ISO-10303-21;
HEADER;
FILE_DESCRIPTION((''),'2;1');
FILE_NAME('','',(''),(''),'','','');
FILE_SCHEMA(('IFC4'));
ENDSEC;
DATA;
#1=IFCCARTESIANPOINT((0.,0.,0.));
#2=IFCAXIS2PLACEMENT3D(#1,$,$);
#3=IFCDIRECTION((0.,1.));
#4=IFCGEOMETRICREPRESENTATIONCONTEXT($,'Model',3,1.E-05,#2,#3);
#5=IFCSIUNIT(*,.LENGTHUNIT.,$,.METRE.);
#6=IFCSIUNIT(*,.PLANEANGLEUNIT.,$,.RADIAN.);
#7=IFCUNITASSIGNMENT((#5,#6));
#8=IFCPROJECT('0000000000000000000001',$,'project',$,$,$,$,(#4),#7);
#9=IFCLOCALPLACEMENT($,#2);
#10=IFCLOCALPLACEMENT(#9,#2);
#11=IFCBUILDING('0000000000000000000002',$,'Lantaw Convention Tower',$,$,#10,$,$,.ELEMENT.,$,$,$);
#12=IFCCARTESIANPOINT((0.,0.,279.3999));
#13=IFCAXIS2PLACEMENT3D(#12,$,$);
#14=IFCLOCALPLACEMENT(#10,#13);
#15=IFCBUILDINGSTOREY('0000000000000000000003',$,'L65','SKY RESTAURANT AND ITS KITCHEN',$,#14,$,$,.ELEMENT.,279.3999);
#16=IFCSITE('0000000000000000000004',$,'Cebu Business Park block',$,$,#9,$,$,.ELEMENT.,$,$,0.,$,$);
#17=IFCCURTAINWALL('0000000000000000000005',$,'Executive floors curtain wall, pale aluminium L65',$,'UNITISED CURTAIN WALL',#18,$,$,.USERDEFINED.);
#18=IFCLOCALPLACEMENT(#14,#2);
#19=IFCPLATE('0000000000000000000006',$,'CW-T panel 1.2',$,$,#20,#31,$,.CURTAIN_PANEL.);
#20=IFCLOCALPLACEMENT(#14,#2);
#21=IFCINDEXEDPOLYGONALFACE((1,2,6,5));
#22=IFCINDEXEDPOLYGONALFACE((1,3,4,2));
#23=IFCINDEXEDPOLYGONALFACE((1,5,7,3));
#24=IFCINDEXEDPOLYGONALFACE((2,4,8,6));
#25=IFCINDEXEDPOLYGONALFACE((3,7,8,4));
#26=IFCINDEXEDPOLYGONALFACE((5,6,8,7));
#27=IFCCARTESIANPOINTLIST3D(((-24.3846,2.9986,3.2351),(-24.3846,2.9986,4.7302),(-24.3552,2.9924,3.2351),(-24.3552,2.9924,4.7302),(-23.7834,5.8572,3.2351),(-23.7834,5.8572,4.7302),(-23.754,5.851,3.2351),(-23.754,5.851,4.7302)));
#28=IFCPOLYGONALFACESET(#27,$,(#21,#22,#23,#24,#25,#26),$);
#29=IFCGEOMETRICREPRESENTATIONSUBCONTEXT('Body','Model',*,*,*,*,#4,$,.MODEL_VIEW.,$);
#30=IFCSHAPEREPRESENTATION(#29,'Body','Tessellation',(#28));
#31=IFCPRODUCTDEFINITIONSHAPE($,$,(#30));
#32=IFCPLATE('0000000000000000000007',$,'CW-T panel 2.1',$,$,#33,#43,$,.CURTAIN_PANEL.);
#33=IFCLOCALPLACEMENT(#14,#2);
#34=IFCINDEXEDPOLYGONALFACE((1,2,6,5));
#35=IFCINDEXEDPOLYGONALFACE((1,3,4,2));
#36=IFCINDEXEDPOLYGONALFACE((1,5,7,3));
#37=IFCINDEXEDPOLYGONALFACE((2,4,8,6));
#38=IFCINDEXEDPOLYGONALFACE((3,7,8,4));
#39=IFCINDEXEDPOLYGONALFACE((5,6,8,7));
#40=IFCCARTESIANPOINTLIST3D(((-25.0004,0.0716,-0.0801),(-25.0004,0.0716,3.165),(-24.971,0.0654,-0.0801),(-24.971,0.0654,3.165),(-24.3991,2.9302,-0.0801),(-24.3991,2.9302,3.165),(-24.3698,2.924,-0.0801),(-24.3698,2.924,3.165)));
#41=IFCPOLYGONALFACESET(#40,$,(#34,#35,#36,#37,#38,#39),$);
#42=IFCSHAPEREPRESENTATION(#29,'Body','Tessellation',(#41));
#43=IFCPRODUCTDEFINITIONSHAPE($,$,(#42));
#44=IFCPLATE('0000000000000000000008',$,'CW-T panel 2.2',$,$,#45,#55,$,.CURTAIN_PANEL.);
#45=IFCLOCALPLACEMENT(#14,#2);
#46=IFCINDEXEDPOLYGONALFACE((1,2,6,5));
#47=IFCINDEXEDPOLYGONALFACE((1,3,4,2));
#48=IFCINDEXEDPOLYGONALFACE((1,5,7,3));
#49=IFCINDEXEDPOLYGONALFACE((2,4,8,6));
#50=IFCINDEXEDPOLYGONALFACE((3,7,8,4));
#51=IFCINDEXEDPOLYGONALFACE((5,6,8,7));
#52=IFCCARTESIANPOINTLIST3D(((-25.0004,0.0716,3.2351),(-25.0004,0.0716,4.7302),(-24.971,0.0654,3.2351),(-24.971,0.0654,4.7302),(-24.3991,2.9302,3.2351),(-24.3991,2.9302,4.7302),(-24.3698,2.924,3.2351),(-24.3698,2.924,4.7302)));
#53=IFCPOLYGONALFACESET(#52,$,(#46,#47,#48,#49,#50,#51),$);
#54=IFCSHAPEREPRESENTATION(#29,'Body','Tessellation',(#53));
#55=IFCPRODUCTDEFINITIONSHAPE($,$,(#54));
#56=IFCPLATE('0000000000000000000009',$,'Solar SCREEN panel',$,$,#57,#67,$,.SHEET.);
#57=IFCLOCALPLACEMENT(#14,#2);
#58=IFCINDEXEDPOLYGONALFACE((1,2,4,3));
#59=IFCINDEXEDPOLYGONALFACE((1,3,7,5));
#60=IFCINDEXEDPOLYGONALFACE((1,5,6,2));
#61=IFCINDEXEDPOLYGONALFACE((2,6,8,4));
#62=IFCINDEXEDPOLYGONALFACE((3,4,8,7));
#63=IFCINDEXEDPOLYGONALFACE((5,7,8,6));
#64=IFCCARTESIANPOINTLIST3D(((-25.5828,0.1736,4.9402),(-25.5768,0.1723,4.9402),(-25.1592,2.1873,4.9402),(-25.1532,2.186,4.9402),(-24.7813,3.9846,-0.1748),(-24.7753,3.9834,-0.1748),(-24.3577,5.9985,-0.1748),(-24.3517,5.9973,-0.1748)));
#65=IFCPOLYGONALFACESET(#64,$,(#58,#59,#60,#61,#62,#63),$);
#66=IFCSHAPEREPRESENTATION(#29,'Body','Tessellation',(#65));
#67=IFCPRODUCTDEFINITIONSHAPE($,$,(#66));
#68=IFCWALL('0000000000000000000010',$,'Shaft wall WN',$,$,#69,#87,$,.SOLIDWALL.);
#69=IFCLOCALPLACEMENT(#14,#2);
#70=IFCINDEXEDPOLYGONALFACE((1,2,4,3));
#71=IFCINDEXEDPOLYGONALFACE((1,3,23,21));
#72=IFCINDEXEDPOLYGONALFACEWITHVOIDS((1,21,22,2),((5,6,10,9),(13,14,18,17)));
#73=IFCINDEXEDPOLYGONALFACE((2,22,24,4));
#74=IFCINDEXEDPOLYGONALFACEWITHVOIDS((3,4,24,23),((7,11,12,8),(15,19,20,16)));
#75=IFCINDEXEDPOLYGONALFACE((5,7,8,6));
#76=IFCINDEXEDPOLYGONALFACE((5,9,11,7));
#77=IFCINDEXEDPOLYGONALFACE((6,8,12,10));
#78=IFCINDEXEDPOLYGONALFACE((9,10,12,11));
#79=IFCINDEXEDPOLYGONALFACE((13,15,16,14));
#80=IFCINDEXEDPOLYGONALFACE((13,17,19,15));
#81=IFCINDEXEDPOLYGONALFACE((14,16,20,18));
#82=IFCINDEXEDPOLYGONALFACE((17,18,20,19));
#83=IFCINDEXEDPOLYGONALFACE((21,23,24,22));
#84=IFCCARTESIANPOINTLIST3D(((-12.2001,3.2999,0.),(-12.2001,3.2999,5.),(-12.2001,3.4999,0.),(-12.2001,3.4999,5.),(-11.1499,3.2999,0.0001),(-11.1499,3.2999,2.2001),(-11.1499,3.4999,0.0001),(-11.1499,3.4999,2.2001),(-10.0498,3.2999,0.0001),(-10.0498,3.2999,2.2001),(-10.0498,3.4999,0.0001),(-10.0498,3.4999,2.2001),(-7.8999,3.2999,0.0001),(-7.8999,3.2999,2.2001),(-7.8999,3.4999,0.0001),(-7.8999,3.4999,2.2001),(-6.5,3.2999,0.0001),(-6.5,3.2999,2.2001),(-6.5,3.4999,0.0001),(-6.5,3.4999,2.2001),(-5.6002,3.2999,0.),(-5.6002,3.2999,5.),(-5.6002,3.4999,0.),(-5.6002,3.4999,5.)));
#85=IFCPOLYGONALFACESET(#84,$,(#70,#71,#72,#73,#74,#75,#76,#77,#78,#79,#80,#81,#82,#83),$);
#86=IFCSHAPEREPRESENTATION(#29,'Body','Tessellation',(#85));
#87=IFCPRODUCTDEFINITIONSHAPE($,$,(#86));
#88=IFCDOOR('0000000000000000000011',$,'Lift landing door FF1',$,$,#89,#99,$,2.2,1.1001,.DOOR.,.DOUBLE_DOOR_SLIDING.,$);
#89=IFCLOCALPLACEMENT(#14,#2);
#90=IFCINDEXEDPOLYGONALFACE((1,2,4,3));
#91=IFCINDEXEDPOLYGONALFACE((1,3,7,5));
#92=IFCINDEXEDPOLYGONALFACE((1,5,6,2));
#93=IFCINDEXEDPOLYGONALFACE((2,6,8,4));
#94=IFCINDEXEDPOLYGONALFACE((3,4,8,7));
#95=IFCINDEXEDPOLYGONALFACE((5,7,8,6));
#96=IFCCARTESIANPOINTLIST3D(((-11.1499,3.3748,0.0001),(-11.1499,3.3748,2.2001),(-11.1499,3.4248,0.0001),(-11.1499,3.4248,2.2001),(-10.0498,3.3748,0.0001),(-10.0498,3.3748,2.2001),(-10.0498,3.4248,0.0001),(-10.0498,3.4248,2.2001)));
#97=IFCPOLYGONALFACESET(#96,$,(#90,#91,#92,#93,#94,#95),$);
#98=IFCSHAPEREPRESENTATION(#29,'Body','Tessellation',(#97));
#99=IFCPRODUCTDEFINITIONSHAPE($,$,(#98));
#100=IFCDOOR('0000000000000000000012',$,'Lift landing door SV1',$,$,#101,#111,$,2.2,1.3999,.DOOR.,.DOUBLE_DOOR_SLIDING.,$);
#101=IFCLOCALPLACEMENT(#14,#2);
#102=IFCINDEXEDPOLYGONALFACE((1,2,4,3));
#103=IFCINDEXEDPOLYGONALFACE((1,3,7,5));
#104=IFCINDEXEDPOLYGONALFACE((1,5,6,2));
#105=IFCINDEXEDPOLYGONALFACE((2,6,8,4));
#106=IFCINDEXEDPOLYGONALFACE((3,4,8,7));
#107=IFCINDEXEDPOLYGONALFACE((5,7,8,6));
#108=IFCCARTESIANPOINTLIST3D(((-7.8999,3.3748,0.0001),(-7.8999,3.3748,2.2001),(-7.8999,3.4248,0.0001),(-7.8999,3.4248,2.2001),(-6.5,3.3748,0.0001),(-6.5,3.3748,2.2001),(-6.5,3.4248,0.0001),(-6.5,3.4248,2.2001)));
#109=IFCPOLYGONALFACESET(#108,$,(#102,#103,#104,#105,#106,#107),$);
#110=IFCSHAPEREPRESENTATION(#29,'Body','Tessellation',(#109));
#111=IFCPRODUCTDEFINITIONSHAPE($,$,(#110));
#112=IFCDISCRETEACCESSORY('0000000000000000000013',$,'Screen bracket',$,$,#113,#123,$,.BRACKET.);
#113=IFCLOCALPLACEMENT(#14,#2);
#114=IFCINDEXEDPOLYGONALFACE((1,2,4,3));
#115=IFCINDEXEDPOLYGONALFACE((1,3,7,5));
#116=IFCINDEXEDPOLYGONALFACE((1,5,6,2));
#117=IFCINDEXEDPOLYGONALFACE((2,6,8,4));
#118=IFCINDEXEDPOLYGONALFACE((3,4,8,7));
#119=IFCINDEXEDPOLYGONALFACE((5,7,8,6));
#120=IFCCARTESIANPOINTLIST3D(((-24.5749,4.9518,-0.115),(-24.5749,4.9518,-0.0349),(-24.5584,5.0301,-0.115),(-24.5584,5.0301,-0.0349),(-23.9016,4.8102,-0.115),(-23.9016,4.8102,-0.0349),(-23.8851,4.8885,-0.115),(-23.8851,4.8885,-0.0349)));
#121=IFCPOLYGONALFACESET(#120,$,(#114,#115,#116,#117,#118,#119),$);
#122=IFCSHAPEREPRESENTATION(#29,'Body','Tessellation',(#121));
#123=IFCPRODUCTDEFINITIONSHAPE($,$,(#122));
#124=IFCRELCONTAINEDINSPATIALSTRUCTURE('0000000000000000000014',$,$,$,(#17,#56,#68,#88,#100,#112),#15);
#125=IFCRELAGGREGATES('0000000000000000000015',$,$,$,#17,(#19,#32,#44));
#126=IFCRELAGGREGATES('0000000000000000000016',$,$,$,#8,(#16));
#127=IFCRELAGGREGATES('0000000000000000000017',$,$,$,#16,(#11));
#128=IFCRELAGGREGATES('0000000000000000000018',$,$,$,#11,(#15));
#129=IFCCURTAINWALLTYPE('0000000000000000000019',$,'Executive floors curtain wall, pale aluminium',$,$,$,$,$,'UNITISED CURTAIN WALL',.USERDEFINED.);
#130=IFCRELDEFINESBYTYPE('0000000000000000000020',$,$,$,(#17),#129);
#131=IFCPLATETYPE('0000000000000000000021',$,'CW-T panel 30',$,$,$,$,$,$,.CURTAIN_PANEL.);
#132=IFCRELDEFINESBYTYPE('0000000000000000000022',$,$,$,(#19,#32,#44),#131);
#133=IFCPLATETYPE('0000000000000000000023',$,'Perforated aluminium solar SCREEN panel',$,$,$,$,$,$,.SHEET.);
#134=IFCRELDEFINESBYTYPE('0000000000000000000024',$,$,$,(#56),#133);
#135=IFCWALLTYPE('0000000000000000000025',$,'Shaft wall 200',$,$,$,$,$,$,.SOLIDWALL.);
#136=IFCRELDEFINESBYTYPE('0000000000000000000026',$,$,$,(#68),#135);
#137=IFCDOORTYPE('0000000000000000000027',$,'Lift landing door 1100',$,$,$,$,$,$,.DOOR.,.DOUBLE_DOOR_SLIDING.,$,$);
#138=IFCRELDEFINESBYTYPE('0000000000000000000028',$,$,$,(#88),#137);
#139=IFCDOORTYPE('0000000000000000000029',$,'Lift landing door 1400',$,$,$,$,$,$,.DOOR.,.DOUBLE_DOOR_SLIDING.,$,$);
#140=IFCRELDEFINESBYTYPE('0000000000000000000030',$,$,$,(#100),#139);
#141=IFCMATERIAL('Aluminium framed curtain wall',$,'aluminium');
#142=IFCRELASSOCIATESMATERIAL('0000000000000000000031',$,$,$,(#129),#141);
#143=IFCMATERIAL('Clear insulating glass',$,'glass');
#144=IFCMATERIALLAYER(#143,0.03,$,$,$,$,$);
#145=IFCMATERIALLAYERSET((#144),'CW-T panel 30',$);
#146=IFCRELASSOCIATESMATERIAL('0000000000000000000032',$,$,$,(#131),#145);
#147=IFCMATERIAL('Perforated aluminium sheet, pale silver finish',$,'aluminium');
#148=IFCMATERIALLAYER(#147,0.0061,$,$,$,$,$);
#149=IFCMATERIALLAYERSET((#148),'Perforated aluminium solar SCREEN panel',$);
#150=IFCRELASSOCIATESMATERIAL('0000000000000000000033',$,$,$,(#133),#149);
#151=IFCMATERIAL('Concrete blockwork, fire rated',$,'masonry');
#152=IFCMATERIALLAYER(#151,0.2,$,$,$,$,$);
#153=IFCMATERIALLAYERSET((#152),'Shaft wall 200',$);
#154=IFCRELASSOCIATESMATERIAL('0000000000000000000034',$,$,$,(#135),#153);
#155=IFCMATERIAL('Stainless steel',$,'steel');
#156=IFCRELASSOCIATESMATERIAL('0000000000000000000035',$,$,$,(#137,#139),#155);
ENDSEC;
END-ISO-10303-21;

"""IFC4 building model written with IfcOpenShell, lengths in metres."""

from ifc_helpers import new_model, si_unit, direction, frame, frame_2d, origin, origin_2d, place, context, subcontext, project, spatial, polyline, rectangle, outline, extrude, material, layer, layer_set, type_object, element, fill, aggregate, save


model = new_model("IFC4")

# Units and contexts
model_context = context("Model", 3, precision=1e-05, world=origin(), true_north=direction((0.0, 1.0)))
body_context = subcontext(model_context, "Body", "Model", "MODEL_VIEW")
ifc_project = project(units=[si_unit("LENGTHUNIT", "METRE"), si_unit("PLANEANGLEUNIT", "RADIAN")], contexts=[model_context])

# Site, building, storey
site_placement = place(None, origin())
site = spatial("IfcSite", under=ifc_project, at=site_placement, Name="Cebu Business Park block", CompositionType="ELEMENT", RefElevation=0.0)
building_placement = place(site_placement, origin())
building = spatial("IfcBuilding", under=site, at=building_placement, Name="Lantaw Convention Tower", CompositionType="ELEMENT")
storey_placement = place(building_placement, frame((0.0, 0.0, 279.3999)))
storey = spatial("IfcBuildingStorey", under=building, at=storey_placement, Name="L65", Description="SKY RESTAURANT AND ITS KITCHEN", CompositionType="ELEMENT", Elevation=279.3999)

# Curtain wall
ifc_material_1 = material(Name="Aluminium framed curtain wall", Category="aluminium")
curtain_wall_type = type_object("IfcCurtainWallType", Name="Executive floors curtain wall, pale aluminium", ElementType="UNITISED CURTAIN WALL", PredefinedType="USERDEFINED", material=ifc_material_1)
curtain_wall_1_placement = place(storey_placement, origin())
curtain_wall_1 = element("IfcCurtainWall", 1, at=curtain_wall_1_placement, inside=storey, type_object=curtain_wall_type, Name="Executive floors curtain wall, pale aluminium L65", ObjectType="UNITISED CURTAIN WALL", PredefinedType="USERDEFINED")

# Plates
ifc_material_2 = material(Name="Clear insulating glass", Category="glass")
ifc_layer_1 = layer(ifc_material_2, 0.03)
ifc_layer_set_1 = layer_set([ifc_layer_1], Name="CW-T panel 30")
plate_type_1 = type_object("IfcPlateType", Name="CW-T panel 30", PredefinedType="CURTAIN_PANEL", material=ifc_layer_set_1)
plate_1_placement = place(storey_placement, frame((-24.0693, 4.4248, 3.2351), z_axis=(0.0, 0.0, 1.0), x_axis=(-0.205814, -0.978591, 0.0)))
plate_1 = element("IfcPlate", 2, at=plate_1_placement, type_object=plate_type_1, Name="CW-T panel 1.2", PredefinedType="CURTAIN_PANEL", context=body_context, shape_type="SweptSolid", body=[
    extrude(rectangle(XDim=2.9211, YDim=0.03, at=origin_2d()), origin(), (0.0, 0.0, 1.0), 1.4951),
])
plate_2_placement = place(storey_placement, frame((-24.6851, 1.4978, -0.0801), z_axis=(0.0, 0.0, 1.0), x_axis=(-0.205814, -0.978591, 0.0)))
plate_2 = element("IfcPlate", 3, at=plate_2_placement, type_object=plate_type_1, Name="CW-T panel 2.1", PredefinedType="CURTAIN_PANEL", context=body_context, shape_type="SweptSolid", body=[
    extrude(rectangle(XDim=2.9211, YDim=0.03, at=origin_2d()), origin(), (0.0, 0.0, 1.0), 3.2451),
])
plate_3_placement = place(storey_placement, frame((-24.6851, 1.4978, 3.2351), z_axis=(0.0, 0.0, 1.0), x_axis=(-0.205814, -0.978591, 0.0)))
plate_3 = element("IfcPlate", 4, at=plate_3_placement, type_object=plate_type_1, Name="CW-T panel 2.2", PredefinedType="CURTAIN_PANEL", context=body_context, shape_type="SweptSolid", body=[
    extrude(rectangle(XDim=2.9211, YDim=0.03, at=origin_2d()), origin(), (0.0, 0.0, 1.0), 1.4951),
])
aggregate(curtain_wall_1, [plate_1, plate_2, plate_3])
ifc_material_3 = material(Name="Perforated aluminium sheet, pale silver finish", Category="aluminium")
ifc_layer_2 = layer(ifc_material_3, 0.0061)
ifc_layer_set_2 = layer_set([ifc_layer_2], Name="Perforated aluminium solar SCREEN panel")
plate_type_2 = type_object("IfcPlateType", Name="Perforated aluminium solar SCREEN panel", PredefinedType="SHEET", material=ifc_layer_set_2)
plate_4_placement = place(storey_placement, frame((-24.3577, 5.9985, -0.1748), z_axis=(-0.978586, 0.205837, 0.000025), x_axis=(-0.205837, -0.978586, 0.0)))
element("IfcPlate", 5, at=plate_4_placement, inside=storey, type_object=plate_type_2, Name="Solar SCREEN panel", PredefinedType="SHEET", context=body_context, shape_type="SweptSolid", body=[
    extrude(outline(polyline([(0.0, 0.0), (2.058, 0.0), (5.9524, 5.115), (3.8946, 5.115), (0.0, 0.0)])), origin(), (0.0, 0.0, -1.0), 0.0061),
])

# Wall, openings, doors
ifc_material_4 = material(Name="Concrete blockwork, fire rated", Category="masonry")
ifc_layer_3 = layer(ifc_material_4, 0.2)
ifc_layer_set_3 = layer_set([ifc_layer_3], Name="Shaft wall 200")
wall_type = type_object("IfcWallType", Name="Shaft wall 200", PredefinedType="SOLIDWALL", material=ifc_layer_set_3)
wall_placement = place(storey_placement, frame((-12.2, 3.3999, 0.0), z_axis=(0.0, 0.0, 1.0), x_axis=(1.0, 0.0, 0.0)))
wall = element("IfcWall", 6, at=wall_placement, inside=storey, type_object=wall_type, Name="Shaft wall WN", PredefinedType="SOLIDWALL", context=body_context, shape_type="SweptSolid", body=[
    extrude(rectangle(XDim=6.5999, YDim=0.2, at=frame_2d((3.2998, 0.0))), origin(), (0.0, 0.0, 1.0), 5.0),
])
opening_1_placement = place(wall_placement, frame((1.05, 0.0, 0.0)))
opening_1 = element("IfcOpeningElement", 7, at=opening_1_placement, cuts=wall, PredefinedType="OPENING", context=body_context, shape_type="SweptSolid", body=[
    extrude(rectangle(XDim=1.1001, YDim=2.2, at=frame_2d((0.55, 1.1001))), frame((0.0, 0.1099, 0.0), z_axis=(0.0, -1.0, 0.0), x_axis=(1.0, 0.0, 0.0)), (0.0, 0.0, 1.0), 0.22),
])
opening_2_placement = place(wall_placement, frame((4.3, 0.0, 0.0)))
opening_2 = element("IfcOpeningElement", 8, at=opening_2_placement, cuts=wall, PredefinedType="OPENING", context=body_context, shape_type="SweptSolid", body=[
    extrude(rectangle(XDim=1.3999, YDim=2.2, at=frame_2d((0.7, 1.1001))), frame((0.0, 0.1099, 0.0), z_axis=(0.0, -1.0, 0.0), x_axis=(1.0, 0.0, 0.0)), (0.0, 0.0, 1.0), 0.22),
])
ifc_material_5 = material(Name="Stainless steel", Category="steel")
door_type_1 = type_object("IfcDoorType", Name="Lift landing door 1100", OperationType="DOUBLE_DOOR_SLIDING", PredefinedType="DOOR", material=ifc_material_5)
door_1_placement = place(opening_1_placement, origin())
door_1 = element("IfcDoor", 9, at=door_1_placement, inside=storey, type_object=door_type_1, Name="Lift landing door FF1", OperationType="DOUBLE_DOOR_SLIDING", OverallHeight=2.2, OverallWidth=1.1001, PredefinedType="DOOR", context=body_context, shape_type="SweptSolid", body=[
    extrude(rectangle(XDim=1.1001, YDim=2.2, at=frame_2d((0.55, 1.1001))), frame((0.0, 0.0249, 0.0), z_axis=(0.0, -1.0, 0.0), x_axis=(1.0, 0.0, 0.0)), (0.0, 0.0, 1.0), 0.05),
])
fill(opening_1, door_1)
door_type_2 = type_object("IfcDoorType", Name="Lift landing door 1400", OperationType="DOUBLE_DOOR_SLIDING", PredefinedType="DOOR", material=ifc_material_5)
door_2_placement = place(opening_2_placement, origin())
door_2 = element("IfcDoor", 10, at=door_2_placement, inside=storey, type_object=door_type_2, Name="Lift landing door SV1", OperationType="DOUBLE_DOOR_SLIDING", OverallHeight=2.2, OverallWidth=1.3999, PredefinedType="DOOR", context=body_context, shape_type="SweptSolid", body=[
    extrude(rectangle(XDim=1.3999, YDim=2.2, at=frame_2d((0.7, 1.1001))), frame((0.0, 0.0249, 0.0), z_axis=(0.0, -1.0, 0.0), x_axis=(1.0, 0.0, 0.0)), (0.0, 0.0, 1.0), 0.05),
])
fill(opening_2, door_2)

# Discrete accessory
discrete_accessory_placement = place(storey_placement, frame((-24.23, 4.9202, -0.115), z_axis=(0.0, 0.0, 1.0), x_axis=(-0.205814, -0.978591, 0.0)))
element("IfcDiscreteAccessory", 11, at=discrete_accessory_placement, inside=storey, Name="Screen bracket", PredefinedType="BRACKET", context=body_context, shape_type="SweptSolid", body=[
    extrude(rectangle(XDim=0.0801, YDim=0.688, at=origin_2d()), origin(), (0.0, 0.0, 1.0), 0.0801),
])

save(model, "model.ifc")
